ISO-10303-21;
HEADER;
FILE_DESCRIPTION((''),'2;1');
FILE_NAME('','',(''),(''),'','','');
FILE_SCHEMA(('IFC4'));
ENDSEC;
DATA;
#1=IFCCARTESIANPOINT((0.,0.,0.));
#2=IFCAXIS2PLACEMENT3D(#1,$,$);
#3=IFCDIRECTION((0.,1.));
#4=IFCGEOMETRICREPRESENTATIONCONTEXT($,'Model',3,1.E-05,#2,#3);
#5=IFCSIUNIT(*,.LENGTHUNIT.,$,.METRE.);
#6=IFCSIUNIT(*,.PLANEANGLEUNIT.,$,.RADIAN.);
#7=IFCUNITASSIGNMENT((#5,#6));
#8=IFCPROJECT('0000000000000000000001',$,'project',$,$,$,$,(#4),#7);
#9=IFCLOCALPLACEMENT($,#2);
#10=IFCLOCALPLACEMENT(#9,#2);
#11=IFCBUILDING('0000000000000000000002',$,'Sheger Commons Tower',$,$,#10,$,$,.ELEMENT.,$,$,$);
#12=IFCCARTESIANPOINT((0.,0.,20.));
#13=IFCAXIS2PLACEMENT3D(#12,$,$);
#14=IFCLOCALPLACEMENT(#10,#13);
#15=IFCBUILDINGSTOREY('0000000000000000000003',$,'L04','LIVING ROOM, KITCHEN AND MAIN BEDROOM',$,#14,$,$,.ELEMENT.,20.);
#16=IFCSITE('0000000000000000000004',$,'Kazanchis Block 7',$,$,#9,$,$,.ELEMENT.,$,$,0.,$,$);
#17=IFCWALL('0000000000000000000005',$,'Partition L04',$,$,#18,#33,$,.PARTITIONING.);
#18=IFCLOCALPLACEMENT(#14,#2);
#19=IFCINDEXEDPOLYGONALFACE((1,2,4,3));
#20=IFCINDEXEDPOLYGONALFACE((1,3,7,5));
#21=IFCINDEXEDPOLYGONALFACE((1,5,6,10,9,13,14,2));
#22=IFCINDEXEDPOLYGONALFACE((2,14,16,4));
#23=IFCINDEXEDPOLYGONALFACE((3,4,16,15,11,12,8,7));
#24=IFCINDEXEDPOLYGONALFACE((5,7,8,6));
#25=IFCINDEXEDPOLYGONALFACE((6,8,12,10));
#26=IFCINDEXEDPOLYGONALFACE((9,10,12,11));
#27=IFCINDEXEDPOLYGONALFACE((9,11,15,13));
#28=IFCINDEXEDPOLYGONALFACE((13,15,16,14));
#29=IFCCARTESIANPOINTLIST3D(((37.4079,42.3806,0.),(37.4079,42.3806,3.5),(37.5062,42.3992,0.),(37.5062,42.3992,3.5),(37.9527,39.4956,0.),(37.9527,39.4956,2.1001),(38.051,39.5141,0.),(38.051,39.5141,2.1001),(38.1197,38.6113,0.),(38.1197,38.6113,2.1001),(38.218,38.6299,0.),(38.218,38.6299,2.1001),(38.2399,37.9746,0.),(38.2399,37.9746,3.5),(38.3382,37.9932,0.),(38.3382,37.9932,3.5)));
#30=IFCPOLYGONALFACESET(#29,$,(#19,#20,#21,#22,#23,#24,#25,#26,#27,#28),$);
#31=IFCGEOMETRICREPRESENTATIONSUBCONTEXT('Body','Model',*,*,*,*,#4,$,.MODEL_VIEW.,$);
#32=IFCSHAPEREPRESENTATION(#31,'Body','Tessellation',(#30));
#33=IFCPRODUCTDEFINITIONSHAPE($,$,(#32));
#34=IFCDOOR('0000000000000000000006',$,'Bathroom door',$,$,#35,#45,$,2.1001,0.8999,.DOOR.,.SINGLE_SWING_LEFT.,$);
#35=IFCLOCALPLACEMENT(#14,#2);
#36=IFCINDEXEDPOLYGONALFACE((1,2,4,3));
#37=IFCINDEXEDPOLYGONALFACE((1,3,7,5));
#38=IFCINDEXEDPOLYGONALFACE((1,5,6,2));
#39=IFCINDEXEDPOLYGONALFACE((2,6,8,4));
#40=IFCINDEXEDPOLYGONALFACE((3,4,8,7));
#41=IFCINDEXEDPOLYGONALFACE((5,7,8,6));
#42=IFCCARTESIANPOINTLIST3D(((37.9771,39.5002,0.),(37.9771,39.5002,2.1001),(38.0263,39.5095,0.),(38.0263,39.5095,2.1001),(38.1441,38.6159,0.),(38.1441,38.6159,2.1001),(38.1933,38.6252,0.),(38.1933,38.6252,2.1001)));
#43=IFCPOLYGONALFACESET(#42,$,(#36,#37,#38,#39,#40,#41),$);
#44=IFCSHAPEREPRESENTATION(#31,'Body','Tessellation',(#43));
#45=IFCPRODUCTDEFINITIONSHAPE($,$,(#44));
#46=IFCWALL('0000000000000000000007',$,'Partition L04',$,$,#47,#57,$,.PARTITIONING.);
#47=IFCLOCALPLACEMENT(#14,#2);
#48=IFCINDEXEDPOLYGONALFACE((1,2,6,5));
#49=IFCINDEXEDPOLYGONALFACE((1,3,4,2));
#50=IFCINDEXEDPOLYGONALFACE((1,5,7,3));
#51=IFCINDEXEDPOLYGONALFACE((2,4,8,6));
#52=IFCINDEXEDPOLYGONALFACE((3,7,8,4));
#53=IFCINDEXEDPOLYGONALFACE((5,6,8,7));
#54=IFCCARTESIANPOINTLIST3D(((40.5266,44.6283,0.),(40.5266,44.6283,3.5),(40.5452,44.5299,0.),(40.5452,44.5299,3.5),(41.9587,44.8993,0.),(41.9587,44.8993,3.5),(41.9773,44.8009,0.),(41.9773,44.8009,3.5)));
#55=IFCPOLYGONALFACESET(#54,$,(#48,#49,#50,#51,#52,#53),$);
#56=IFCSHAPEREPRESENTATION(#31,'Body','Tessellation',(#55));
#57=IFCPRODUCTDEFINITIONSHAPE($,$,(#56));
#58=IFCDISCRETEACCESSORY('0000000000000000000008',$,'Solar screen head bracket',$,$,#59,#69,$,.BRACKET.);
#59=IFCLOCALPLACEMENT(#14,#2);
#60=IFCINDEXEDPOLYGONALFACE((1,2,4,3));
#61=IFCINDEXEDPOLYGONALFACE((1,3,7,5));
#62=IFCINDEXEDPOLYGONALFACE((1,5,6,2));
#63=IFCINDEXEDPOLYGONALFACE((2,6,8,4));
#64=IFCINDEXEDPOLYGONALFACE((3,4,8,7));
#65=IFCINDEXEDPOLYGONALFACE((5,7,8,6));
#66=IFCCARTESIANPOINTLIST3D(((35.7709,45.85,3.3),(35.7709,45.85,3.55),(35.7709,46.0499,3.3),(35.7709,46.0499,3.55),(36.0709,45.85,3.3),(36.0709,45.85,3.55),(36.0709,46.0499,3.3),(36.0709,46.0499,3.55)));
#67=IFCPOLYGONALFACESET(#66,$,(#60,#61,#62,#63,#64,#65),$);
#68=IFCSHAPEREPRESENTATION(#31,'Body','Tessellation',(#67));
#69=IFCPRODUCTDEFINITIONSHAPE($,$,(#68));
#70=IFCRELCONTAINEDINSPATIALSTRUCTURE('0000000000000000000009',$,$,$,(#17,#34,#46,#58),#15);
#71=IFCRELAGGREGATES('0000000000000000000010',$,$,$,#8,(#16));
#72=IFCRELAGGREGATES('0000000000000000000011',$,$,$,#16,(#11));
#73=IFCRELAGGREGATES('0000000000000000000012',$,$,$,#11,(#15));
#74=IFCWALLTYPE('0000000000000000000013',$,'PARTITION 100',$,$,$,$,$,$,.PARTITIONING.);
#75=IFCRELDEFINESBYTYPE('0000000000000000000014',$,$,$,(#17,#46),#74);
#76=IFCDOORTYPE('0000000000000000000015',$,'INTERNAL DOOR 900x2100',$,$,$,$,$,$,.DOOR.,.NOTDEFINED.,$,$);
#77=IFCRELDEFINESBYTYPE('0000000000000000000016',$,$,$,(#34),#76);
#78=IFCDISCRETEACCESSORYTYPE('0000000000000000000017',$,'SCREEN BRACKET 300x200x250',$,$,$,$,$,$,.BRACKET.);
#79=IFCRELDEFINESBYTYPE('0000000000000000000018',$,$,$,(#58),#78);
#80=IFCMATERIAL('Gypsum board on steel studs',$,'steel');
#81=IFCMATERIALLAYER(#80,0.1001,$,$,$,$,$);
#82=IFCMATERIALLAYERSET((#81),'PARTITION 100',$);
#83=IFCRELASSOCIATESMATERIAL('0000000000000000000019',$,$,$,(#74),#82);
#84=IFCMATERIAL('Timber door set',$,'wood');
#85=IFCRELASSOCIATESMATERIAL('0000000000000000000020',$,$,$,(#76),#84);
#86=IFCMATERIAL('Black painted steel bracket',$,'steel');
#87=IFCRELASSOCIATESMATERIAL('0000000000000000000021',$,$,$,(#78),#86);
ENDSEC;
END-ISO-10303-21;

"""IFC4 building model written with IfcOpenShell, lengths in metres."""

from ifc_helpers import new_model, si_unit, direction, frame, frame_2d, origin, origin_2d, place, context, subcontext, project, spatial, rectangle, extrude, material, layer, layer_set, type_object, element, fill, save


model = new_model("IFC4")

# Units and contexts
model_context = context("Model", 3, precision=1e-05, world=origin(), true_north=direction((0.0, 1.0)))
body_context = subcontext(model_context, "Body", "Model", "MODEL_VIEW")
ifc_project = project(units=[si_unit("LENGTHUNIT", "METRE"), si_unit("PLANEANGLEUNIT", "RADIAN")], contexts=[model_context])

# Site, building, storey
site_placement = place(None, origin())
site = spatial("IfcSite", under=ifc_project, at=site_placement, Name="Kazanchis Block 7", CompositionType="ELEMENT", RefElevation=0.0)
building_placement = place(site_placement, origin())
building = spatial("IfcBuilding", under=site, at=building_placement, Name="Sheger Commons Tower", CompositionType="ELEMENT")
storey_placement = place(building_placement, frame((0.0, 0.0, 20.0)))
storey = spatial("IfcBuildingStorey", under=building, at=storey_placement, Name="L04", Description="LIVING ROOM, KITCHEN AND MAIN BEDROOM", CompositionType="ELEMENT", Elevation=20.0)

# Shared definitions
ifc_material_1 = material(Name="Gypsum board on steel studs", Category="steel")
ifc_layer_1 = layer(ifc_material_1, 0.1001)
ifc_layer_set_1 = layer_set([ifc_layer_1], Name="PARTITION 100")
wall_type_1 = type_object("IfcWallType", Name="PARTITION 100", PredefinedType="PARTITIONING", material=ifc_layer_set_1)

# Wall, opening, door
wall_1_placement = place(storey_placement, frame((37.457, 42.3899, 0.0), z_axis=(0.0, 0.0, 1.0), x_axis=(0.185561, -0.982633, 0.0)))
wall_1 = element("IfcWall", 1, at=wall_1_placement, inside=storey, type_object=wall_type_1, Name="Partition L04", PredefinedType="PARTITIONING", context=body_context, shape_type="SweptSolid", body=[
    extrude(rectangle(XDim=4.4839, YDim=0.1001, at=frame_2d((2.2419, 0.0))), origin(), (0.0, 0.0, 1.0), 3.5),
])
opening_1_placement = place(wall_1_placement, frame((2.936, 0.0, 0.0)))
opening_1 = element("IfcOpeningElement", 2, at=opening_1_placement, cuts=wall_1, PredefinedType="OPENING", context=body_context, shape_type="SweptSolid", body=[
    extrude(rectangle(XDim=0.8999, YDim=2.1001, at=frame_2d((0.45, 1.05))), frame((0.0, 0.0601, 0.0), z_axis=(0.0, -1.0, 0.0), x_axis=(1.0, 0.0, 0.0)), (0.0, 0.0, 1.0), 0.1201),
])
ifc_material_2 = material(Name="Timber door set", Category="wood")
door_type = type_object("IfcDoorType", Name="INTERNAL DOOR 900x2100", OperationType="NOTDEFINED", PredefinedType="DOOR", material=ifc_material_2)
door_placement = place(opening_1_placement, origin())
door = element("IfcDoor", 3, at=door_placement, inside=storey, type_object=door_type, Name="Bathroom door", OperationType="SINGLE_SWING_LEFT", OverallHeight=2.1001, OverallWidth=0.8999, PredefinedType="DOOR", context=body_context, shape_type="SweptSolid", body=[
    extrude(rectangle(XDim=0.8999, YDim=2.1001, at=frame_2d((0.45, 1.05))), frame((0.0, 0.0249, 0.0), z_axis=(0.0, -1.0, 0.0), x_axis=(1.0, 0.0, 0.0)), (0.0, 0.0, 1.0), 0.05),
])
fill(opening_1, door)

# Wall
wall_2_placement = place(storey_placement, frame((41.968, 44.8501, 0.0), z_axis=(0.0, 0.0, 1.0), x_axis=(-0.982564, -0.185927, 0.0)))
element("IfcWall", 4, at=wall_2_placement, inside=storey, type_object=wall_type_1, Name="Partition L04", PredefinedType="PARTITIONING", context=body_context, shape_type="SweptSolid", body=[
    extrude(rectangle(XDim=1.4575, YDim=0.1001, at=frame_2d((0.7288, 0.0))), origin(), (0.0, 0.0, 1.0), 3.5),
])

# Discrete accessory
ifc_material_3 = material(Name="Black painted steel bracket", Category="steel")
discrete_accessory_type = type_object("IfcDiscreteAccessoryType", Name="SCREEN BRACKET 300x200x250", PredefinedType="BRACKET", material=ifc_material_3)
discrete_accessory_placement = place(storey_placement, frame((35.9209, 45.95, 3.3), z_axis=(0.0, 0.0, 1.0), x_axis=(-1.0, 0.0, 0.0)))
element("IfcDiscreteAccessory", 5, at=discrete_accessory_placement, inside=storey, type_object=discrete_accessory_type, Name="Solar screen head bracket", PredefinedType="BRACKET", context=body_context, shape_type="SweptSolid", body=[
    extrude(rectangle(XDim=0.3, YDim=0.2, at=origin_2d()), origin(), (0.0, 0.0, 1.0), 0.25),
])

save(model, "model.ifc")
